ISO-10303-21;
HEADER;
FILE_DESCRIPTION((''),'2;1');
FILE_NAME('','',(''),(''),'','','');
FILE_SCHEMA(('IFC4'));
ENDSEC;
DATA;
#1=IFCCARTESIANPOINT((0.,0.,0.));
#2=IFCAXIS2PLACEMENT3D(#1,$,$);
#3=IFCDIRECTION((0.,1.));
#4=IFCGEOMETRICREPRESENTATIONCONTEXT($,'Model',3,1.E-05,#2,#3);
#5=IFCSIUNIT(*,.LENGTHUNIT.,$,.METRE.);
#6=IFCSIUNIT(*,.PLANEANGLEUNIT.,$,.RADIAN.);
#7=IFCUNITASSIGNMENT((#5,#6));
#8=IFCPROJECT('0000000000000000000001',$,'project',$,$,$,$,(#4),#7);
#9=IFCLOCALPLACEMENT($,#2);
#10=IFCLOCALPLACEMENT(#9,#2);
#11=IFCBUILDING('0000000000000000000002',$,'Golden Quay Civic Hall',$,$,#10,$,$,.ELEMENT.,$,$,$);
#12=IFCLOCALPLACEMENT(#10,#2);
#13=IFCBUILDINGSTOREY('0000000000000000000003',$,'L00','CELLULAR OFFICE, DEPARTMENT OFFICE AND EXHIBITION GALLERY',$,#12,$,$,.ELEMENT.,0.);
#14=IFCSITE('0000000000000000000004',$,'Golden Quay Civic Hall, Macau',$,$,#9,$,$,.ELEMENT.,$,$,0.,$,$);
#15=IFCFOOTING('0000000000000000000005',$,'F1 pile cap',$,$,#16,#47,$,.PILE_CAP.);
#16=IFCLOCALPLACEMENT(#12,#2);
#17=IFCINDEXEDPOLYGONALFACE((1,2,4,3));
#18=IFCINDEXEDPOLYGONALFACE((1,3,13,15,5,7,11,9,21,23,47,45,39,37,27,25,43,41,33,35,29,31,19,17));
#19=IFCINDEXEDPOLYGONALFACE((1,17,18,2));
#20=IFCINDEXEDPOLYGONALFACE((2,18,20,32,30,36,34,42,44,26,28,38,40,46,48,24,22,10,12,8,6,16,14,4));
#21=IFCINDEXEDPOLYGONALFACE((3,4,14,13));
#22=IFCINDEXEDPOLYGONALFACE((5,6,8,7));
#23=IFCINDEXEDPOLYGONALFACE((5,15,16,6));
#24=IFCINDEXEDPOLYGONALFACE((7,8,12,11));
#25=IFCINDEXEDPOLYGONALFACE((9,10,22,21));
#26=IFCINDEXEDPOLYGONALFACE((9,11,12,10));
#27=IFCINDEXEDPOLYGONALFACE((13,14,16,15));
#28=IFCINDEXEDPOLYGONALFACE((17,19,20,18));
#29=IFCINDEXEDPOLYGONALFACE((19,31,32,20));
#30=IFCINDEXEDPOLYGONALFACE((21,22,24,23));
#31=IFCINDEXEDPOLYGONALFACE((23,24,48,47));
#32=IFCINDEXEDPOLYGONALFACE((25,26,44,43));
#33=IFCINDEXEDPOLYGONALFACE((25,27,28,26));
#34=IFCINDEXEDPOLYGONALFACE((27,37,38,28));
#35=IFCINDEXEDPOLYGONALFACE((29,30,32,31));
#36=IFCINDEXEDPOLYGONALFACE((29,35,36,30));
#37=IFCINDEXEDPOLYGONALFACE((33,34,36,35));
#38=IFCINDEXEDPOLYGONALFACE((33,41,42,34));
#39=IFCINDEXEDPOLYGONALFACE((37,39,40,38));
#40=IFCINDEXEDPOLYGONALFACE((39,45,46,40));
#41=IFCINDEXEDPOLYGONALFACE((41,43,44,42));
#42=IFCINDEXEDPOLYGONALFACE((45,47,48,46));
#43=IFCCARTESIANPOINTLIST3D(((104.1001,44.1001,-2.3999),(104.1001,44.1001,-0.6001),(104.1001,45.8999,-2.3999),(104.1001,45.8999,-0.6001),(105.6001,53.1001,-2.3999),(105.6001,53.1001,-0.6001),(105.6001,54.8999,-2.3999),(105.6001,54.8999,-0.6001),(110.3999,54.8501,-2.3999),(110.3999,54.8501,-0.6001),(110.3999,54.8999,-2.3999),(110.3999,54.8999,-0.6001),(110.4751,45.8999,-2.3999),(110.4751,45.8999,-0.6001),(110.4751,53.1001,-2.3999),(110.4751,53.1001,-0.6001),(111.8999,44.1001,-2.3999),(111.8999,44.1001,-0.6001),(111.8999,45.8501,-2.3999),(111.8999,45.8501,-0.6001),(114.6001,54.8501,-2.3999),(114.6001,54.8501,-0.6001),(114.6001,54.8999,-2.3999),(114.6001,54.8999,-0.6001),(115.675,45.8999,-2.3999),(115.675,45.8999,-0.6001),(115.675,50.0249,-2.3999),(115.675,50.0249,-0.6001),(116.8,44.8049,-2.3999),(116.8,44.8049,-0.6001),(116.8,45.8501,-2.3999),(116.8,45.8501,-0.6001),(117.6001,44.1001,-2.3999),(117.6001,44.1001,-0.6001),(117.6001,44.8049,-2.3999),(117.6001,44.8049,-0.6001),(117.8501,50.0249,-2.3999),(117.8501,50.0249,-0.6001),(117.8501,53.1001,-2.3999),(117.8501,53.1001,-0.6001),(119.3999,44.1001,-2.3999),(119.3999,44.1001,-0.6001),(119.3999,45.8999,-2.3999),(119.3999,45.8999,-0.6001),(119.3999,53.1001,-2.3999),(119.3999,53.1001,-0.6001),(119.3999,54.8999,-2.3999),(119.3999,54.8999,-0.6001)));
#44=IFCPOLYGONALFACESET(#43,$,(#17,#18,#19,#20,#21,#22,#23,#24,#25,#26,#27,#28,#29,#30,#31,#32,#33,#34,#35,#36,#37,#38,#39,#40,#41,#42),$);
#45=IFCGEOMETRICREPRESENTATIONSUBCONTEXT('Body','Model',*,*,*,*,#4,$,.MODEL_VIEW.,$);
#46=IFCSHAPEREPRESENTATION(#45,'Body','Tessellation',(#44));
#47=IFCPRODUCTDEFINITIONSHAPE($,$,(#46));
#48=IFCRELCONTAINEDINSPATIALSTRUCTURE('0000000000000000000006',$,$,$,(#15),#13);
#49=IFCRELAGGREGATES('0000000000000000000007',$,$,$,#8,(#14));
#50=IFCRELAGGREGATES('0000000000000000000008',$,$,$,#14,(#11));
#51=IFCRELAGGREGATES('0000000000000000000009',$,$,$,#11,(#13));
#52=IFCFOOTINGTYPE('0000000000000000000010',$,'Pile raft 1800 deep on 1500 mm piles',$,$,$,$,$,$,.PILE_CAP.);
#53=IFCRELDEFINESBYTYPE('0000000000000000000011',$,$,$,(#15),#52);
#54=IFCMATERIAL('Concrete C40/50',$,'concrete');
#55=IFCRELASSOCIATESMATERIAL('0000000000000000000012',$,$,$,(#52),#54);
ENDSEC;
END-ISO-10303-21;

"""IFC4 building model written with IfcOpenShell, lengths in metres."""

from ifc_helpers import new_model, si_unit, direction, frame, origin, place, context, subcontext, project, spatial, polyline, outline, extrude, material, type_object, element, save


model = new_model("IFC4")

# Units and contexts
model_context = context("Model", 3, precision=1e-05, world=origin(), true_north=direction((0.0, 1.0)))
body_context = subcontext(model_context, "Body", "Model", "MODEL_VIEW")
ifc_project = project(units=[si_unit("LENGTHUNIT", "METRE"), si_unit("PLANEANGLEUNIT", "RADIAN")], contexts=[model_context])

# Site, building, storey
site_placement = place(None, origin())
site = spatial("IfcSite", under=ifc_project, at=site_placement, Name="Golden Quay Civic Hall, Macau", CompositionType="ELEMENT", RefElevation=0.0)
building_placement = place(site_placement, origin())
building = spatial("IfcBuilding", under=site, at=building_placement, Name="Golden Quay Civic Hall", CompositionType="ELEMENT")
storey_placement = place(building_placement, origin())
storey = spatial("IfcBuildingStorey", under=building, at=storey_placement, Name="L00", Description="CELLULAR OFFICE, DEPARTMENT OFFICE AND EXHIBITION GALLERY", CompositionType="ELEMENT", Elevation=0.0)

# Footing
ifc_material_1 = material(Name="Concrete C40/50", Category="concrete")
footing_type_1 = type_object("IfcFootingType", Name="Pile raft 1800 deep on 1500 mm piles", PredefinedType="PILE_CAP", material=ifc_material_1)
footing_1_placement = place(storey_placement, frame((0.0, 0.0, -2.3999)))
element("IfcFooting", 1, at=footing_1_placement, inside=storey, type_object=footing_type_1, Name="F1 pile cap", PredefinedType="PILE_CAP", context=body_context, shape_type="SweptSolid", body=[
    extrude(outline(polyline([(105.6001, 53.1001), (105.6001, 54.8999), (110.3999, 54.8999), (110.3999, 54.8501), (114.6001, 54.8501), (114.6001, 54.8999), (119.3999, 54.8999), (119.3999, 53.1001), (117.8501, 53.1001), (117.8501, 50.0249), (115.675, 50.0249), (115.675, 45.8999), (119.3999, 45.8999), (119.3999, 44.1001), (117.6001, 44.1001), (117.6001, 44.8049), (116.8, 44.8049), (116.8, 45.8501), (111.8999, 45.8501), (111.8999, 44.1001), (104.1001, 44.1001), (104.1001, 45.8999), (110.4751, 45.8999), (110.4751, 53.1001), (105.6001, 53.1001)])), origin(), (0.0, 0.0, 1.0), 1.7998),
])

save(model, "model.ifc")
